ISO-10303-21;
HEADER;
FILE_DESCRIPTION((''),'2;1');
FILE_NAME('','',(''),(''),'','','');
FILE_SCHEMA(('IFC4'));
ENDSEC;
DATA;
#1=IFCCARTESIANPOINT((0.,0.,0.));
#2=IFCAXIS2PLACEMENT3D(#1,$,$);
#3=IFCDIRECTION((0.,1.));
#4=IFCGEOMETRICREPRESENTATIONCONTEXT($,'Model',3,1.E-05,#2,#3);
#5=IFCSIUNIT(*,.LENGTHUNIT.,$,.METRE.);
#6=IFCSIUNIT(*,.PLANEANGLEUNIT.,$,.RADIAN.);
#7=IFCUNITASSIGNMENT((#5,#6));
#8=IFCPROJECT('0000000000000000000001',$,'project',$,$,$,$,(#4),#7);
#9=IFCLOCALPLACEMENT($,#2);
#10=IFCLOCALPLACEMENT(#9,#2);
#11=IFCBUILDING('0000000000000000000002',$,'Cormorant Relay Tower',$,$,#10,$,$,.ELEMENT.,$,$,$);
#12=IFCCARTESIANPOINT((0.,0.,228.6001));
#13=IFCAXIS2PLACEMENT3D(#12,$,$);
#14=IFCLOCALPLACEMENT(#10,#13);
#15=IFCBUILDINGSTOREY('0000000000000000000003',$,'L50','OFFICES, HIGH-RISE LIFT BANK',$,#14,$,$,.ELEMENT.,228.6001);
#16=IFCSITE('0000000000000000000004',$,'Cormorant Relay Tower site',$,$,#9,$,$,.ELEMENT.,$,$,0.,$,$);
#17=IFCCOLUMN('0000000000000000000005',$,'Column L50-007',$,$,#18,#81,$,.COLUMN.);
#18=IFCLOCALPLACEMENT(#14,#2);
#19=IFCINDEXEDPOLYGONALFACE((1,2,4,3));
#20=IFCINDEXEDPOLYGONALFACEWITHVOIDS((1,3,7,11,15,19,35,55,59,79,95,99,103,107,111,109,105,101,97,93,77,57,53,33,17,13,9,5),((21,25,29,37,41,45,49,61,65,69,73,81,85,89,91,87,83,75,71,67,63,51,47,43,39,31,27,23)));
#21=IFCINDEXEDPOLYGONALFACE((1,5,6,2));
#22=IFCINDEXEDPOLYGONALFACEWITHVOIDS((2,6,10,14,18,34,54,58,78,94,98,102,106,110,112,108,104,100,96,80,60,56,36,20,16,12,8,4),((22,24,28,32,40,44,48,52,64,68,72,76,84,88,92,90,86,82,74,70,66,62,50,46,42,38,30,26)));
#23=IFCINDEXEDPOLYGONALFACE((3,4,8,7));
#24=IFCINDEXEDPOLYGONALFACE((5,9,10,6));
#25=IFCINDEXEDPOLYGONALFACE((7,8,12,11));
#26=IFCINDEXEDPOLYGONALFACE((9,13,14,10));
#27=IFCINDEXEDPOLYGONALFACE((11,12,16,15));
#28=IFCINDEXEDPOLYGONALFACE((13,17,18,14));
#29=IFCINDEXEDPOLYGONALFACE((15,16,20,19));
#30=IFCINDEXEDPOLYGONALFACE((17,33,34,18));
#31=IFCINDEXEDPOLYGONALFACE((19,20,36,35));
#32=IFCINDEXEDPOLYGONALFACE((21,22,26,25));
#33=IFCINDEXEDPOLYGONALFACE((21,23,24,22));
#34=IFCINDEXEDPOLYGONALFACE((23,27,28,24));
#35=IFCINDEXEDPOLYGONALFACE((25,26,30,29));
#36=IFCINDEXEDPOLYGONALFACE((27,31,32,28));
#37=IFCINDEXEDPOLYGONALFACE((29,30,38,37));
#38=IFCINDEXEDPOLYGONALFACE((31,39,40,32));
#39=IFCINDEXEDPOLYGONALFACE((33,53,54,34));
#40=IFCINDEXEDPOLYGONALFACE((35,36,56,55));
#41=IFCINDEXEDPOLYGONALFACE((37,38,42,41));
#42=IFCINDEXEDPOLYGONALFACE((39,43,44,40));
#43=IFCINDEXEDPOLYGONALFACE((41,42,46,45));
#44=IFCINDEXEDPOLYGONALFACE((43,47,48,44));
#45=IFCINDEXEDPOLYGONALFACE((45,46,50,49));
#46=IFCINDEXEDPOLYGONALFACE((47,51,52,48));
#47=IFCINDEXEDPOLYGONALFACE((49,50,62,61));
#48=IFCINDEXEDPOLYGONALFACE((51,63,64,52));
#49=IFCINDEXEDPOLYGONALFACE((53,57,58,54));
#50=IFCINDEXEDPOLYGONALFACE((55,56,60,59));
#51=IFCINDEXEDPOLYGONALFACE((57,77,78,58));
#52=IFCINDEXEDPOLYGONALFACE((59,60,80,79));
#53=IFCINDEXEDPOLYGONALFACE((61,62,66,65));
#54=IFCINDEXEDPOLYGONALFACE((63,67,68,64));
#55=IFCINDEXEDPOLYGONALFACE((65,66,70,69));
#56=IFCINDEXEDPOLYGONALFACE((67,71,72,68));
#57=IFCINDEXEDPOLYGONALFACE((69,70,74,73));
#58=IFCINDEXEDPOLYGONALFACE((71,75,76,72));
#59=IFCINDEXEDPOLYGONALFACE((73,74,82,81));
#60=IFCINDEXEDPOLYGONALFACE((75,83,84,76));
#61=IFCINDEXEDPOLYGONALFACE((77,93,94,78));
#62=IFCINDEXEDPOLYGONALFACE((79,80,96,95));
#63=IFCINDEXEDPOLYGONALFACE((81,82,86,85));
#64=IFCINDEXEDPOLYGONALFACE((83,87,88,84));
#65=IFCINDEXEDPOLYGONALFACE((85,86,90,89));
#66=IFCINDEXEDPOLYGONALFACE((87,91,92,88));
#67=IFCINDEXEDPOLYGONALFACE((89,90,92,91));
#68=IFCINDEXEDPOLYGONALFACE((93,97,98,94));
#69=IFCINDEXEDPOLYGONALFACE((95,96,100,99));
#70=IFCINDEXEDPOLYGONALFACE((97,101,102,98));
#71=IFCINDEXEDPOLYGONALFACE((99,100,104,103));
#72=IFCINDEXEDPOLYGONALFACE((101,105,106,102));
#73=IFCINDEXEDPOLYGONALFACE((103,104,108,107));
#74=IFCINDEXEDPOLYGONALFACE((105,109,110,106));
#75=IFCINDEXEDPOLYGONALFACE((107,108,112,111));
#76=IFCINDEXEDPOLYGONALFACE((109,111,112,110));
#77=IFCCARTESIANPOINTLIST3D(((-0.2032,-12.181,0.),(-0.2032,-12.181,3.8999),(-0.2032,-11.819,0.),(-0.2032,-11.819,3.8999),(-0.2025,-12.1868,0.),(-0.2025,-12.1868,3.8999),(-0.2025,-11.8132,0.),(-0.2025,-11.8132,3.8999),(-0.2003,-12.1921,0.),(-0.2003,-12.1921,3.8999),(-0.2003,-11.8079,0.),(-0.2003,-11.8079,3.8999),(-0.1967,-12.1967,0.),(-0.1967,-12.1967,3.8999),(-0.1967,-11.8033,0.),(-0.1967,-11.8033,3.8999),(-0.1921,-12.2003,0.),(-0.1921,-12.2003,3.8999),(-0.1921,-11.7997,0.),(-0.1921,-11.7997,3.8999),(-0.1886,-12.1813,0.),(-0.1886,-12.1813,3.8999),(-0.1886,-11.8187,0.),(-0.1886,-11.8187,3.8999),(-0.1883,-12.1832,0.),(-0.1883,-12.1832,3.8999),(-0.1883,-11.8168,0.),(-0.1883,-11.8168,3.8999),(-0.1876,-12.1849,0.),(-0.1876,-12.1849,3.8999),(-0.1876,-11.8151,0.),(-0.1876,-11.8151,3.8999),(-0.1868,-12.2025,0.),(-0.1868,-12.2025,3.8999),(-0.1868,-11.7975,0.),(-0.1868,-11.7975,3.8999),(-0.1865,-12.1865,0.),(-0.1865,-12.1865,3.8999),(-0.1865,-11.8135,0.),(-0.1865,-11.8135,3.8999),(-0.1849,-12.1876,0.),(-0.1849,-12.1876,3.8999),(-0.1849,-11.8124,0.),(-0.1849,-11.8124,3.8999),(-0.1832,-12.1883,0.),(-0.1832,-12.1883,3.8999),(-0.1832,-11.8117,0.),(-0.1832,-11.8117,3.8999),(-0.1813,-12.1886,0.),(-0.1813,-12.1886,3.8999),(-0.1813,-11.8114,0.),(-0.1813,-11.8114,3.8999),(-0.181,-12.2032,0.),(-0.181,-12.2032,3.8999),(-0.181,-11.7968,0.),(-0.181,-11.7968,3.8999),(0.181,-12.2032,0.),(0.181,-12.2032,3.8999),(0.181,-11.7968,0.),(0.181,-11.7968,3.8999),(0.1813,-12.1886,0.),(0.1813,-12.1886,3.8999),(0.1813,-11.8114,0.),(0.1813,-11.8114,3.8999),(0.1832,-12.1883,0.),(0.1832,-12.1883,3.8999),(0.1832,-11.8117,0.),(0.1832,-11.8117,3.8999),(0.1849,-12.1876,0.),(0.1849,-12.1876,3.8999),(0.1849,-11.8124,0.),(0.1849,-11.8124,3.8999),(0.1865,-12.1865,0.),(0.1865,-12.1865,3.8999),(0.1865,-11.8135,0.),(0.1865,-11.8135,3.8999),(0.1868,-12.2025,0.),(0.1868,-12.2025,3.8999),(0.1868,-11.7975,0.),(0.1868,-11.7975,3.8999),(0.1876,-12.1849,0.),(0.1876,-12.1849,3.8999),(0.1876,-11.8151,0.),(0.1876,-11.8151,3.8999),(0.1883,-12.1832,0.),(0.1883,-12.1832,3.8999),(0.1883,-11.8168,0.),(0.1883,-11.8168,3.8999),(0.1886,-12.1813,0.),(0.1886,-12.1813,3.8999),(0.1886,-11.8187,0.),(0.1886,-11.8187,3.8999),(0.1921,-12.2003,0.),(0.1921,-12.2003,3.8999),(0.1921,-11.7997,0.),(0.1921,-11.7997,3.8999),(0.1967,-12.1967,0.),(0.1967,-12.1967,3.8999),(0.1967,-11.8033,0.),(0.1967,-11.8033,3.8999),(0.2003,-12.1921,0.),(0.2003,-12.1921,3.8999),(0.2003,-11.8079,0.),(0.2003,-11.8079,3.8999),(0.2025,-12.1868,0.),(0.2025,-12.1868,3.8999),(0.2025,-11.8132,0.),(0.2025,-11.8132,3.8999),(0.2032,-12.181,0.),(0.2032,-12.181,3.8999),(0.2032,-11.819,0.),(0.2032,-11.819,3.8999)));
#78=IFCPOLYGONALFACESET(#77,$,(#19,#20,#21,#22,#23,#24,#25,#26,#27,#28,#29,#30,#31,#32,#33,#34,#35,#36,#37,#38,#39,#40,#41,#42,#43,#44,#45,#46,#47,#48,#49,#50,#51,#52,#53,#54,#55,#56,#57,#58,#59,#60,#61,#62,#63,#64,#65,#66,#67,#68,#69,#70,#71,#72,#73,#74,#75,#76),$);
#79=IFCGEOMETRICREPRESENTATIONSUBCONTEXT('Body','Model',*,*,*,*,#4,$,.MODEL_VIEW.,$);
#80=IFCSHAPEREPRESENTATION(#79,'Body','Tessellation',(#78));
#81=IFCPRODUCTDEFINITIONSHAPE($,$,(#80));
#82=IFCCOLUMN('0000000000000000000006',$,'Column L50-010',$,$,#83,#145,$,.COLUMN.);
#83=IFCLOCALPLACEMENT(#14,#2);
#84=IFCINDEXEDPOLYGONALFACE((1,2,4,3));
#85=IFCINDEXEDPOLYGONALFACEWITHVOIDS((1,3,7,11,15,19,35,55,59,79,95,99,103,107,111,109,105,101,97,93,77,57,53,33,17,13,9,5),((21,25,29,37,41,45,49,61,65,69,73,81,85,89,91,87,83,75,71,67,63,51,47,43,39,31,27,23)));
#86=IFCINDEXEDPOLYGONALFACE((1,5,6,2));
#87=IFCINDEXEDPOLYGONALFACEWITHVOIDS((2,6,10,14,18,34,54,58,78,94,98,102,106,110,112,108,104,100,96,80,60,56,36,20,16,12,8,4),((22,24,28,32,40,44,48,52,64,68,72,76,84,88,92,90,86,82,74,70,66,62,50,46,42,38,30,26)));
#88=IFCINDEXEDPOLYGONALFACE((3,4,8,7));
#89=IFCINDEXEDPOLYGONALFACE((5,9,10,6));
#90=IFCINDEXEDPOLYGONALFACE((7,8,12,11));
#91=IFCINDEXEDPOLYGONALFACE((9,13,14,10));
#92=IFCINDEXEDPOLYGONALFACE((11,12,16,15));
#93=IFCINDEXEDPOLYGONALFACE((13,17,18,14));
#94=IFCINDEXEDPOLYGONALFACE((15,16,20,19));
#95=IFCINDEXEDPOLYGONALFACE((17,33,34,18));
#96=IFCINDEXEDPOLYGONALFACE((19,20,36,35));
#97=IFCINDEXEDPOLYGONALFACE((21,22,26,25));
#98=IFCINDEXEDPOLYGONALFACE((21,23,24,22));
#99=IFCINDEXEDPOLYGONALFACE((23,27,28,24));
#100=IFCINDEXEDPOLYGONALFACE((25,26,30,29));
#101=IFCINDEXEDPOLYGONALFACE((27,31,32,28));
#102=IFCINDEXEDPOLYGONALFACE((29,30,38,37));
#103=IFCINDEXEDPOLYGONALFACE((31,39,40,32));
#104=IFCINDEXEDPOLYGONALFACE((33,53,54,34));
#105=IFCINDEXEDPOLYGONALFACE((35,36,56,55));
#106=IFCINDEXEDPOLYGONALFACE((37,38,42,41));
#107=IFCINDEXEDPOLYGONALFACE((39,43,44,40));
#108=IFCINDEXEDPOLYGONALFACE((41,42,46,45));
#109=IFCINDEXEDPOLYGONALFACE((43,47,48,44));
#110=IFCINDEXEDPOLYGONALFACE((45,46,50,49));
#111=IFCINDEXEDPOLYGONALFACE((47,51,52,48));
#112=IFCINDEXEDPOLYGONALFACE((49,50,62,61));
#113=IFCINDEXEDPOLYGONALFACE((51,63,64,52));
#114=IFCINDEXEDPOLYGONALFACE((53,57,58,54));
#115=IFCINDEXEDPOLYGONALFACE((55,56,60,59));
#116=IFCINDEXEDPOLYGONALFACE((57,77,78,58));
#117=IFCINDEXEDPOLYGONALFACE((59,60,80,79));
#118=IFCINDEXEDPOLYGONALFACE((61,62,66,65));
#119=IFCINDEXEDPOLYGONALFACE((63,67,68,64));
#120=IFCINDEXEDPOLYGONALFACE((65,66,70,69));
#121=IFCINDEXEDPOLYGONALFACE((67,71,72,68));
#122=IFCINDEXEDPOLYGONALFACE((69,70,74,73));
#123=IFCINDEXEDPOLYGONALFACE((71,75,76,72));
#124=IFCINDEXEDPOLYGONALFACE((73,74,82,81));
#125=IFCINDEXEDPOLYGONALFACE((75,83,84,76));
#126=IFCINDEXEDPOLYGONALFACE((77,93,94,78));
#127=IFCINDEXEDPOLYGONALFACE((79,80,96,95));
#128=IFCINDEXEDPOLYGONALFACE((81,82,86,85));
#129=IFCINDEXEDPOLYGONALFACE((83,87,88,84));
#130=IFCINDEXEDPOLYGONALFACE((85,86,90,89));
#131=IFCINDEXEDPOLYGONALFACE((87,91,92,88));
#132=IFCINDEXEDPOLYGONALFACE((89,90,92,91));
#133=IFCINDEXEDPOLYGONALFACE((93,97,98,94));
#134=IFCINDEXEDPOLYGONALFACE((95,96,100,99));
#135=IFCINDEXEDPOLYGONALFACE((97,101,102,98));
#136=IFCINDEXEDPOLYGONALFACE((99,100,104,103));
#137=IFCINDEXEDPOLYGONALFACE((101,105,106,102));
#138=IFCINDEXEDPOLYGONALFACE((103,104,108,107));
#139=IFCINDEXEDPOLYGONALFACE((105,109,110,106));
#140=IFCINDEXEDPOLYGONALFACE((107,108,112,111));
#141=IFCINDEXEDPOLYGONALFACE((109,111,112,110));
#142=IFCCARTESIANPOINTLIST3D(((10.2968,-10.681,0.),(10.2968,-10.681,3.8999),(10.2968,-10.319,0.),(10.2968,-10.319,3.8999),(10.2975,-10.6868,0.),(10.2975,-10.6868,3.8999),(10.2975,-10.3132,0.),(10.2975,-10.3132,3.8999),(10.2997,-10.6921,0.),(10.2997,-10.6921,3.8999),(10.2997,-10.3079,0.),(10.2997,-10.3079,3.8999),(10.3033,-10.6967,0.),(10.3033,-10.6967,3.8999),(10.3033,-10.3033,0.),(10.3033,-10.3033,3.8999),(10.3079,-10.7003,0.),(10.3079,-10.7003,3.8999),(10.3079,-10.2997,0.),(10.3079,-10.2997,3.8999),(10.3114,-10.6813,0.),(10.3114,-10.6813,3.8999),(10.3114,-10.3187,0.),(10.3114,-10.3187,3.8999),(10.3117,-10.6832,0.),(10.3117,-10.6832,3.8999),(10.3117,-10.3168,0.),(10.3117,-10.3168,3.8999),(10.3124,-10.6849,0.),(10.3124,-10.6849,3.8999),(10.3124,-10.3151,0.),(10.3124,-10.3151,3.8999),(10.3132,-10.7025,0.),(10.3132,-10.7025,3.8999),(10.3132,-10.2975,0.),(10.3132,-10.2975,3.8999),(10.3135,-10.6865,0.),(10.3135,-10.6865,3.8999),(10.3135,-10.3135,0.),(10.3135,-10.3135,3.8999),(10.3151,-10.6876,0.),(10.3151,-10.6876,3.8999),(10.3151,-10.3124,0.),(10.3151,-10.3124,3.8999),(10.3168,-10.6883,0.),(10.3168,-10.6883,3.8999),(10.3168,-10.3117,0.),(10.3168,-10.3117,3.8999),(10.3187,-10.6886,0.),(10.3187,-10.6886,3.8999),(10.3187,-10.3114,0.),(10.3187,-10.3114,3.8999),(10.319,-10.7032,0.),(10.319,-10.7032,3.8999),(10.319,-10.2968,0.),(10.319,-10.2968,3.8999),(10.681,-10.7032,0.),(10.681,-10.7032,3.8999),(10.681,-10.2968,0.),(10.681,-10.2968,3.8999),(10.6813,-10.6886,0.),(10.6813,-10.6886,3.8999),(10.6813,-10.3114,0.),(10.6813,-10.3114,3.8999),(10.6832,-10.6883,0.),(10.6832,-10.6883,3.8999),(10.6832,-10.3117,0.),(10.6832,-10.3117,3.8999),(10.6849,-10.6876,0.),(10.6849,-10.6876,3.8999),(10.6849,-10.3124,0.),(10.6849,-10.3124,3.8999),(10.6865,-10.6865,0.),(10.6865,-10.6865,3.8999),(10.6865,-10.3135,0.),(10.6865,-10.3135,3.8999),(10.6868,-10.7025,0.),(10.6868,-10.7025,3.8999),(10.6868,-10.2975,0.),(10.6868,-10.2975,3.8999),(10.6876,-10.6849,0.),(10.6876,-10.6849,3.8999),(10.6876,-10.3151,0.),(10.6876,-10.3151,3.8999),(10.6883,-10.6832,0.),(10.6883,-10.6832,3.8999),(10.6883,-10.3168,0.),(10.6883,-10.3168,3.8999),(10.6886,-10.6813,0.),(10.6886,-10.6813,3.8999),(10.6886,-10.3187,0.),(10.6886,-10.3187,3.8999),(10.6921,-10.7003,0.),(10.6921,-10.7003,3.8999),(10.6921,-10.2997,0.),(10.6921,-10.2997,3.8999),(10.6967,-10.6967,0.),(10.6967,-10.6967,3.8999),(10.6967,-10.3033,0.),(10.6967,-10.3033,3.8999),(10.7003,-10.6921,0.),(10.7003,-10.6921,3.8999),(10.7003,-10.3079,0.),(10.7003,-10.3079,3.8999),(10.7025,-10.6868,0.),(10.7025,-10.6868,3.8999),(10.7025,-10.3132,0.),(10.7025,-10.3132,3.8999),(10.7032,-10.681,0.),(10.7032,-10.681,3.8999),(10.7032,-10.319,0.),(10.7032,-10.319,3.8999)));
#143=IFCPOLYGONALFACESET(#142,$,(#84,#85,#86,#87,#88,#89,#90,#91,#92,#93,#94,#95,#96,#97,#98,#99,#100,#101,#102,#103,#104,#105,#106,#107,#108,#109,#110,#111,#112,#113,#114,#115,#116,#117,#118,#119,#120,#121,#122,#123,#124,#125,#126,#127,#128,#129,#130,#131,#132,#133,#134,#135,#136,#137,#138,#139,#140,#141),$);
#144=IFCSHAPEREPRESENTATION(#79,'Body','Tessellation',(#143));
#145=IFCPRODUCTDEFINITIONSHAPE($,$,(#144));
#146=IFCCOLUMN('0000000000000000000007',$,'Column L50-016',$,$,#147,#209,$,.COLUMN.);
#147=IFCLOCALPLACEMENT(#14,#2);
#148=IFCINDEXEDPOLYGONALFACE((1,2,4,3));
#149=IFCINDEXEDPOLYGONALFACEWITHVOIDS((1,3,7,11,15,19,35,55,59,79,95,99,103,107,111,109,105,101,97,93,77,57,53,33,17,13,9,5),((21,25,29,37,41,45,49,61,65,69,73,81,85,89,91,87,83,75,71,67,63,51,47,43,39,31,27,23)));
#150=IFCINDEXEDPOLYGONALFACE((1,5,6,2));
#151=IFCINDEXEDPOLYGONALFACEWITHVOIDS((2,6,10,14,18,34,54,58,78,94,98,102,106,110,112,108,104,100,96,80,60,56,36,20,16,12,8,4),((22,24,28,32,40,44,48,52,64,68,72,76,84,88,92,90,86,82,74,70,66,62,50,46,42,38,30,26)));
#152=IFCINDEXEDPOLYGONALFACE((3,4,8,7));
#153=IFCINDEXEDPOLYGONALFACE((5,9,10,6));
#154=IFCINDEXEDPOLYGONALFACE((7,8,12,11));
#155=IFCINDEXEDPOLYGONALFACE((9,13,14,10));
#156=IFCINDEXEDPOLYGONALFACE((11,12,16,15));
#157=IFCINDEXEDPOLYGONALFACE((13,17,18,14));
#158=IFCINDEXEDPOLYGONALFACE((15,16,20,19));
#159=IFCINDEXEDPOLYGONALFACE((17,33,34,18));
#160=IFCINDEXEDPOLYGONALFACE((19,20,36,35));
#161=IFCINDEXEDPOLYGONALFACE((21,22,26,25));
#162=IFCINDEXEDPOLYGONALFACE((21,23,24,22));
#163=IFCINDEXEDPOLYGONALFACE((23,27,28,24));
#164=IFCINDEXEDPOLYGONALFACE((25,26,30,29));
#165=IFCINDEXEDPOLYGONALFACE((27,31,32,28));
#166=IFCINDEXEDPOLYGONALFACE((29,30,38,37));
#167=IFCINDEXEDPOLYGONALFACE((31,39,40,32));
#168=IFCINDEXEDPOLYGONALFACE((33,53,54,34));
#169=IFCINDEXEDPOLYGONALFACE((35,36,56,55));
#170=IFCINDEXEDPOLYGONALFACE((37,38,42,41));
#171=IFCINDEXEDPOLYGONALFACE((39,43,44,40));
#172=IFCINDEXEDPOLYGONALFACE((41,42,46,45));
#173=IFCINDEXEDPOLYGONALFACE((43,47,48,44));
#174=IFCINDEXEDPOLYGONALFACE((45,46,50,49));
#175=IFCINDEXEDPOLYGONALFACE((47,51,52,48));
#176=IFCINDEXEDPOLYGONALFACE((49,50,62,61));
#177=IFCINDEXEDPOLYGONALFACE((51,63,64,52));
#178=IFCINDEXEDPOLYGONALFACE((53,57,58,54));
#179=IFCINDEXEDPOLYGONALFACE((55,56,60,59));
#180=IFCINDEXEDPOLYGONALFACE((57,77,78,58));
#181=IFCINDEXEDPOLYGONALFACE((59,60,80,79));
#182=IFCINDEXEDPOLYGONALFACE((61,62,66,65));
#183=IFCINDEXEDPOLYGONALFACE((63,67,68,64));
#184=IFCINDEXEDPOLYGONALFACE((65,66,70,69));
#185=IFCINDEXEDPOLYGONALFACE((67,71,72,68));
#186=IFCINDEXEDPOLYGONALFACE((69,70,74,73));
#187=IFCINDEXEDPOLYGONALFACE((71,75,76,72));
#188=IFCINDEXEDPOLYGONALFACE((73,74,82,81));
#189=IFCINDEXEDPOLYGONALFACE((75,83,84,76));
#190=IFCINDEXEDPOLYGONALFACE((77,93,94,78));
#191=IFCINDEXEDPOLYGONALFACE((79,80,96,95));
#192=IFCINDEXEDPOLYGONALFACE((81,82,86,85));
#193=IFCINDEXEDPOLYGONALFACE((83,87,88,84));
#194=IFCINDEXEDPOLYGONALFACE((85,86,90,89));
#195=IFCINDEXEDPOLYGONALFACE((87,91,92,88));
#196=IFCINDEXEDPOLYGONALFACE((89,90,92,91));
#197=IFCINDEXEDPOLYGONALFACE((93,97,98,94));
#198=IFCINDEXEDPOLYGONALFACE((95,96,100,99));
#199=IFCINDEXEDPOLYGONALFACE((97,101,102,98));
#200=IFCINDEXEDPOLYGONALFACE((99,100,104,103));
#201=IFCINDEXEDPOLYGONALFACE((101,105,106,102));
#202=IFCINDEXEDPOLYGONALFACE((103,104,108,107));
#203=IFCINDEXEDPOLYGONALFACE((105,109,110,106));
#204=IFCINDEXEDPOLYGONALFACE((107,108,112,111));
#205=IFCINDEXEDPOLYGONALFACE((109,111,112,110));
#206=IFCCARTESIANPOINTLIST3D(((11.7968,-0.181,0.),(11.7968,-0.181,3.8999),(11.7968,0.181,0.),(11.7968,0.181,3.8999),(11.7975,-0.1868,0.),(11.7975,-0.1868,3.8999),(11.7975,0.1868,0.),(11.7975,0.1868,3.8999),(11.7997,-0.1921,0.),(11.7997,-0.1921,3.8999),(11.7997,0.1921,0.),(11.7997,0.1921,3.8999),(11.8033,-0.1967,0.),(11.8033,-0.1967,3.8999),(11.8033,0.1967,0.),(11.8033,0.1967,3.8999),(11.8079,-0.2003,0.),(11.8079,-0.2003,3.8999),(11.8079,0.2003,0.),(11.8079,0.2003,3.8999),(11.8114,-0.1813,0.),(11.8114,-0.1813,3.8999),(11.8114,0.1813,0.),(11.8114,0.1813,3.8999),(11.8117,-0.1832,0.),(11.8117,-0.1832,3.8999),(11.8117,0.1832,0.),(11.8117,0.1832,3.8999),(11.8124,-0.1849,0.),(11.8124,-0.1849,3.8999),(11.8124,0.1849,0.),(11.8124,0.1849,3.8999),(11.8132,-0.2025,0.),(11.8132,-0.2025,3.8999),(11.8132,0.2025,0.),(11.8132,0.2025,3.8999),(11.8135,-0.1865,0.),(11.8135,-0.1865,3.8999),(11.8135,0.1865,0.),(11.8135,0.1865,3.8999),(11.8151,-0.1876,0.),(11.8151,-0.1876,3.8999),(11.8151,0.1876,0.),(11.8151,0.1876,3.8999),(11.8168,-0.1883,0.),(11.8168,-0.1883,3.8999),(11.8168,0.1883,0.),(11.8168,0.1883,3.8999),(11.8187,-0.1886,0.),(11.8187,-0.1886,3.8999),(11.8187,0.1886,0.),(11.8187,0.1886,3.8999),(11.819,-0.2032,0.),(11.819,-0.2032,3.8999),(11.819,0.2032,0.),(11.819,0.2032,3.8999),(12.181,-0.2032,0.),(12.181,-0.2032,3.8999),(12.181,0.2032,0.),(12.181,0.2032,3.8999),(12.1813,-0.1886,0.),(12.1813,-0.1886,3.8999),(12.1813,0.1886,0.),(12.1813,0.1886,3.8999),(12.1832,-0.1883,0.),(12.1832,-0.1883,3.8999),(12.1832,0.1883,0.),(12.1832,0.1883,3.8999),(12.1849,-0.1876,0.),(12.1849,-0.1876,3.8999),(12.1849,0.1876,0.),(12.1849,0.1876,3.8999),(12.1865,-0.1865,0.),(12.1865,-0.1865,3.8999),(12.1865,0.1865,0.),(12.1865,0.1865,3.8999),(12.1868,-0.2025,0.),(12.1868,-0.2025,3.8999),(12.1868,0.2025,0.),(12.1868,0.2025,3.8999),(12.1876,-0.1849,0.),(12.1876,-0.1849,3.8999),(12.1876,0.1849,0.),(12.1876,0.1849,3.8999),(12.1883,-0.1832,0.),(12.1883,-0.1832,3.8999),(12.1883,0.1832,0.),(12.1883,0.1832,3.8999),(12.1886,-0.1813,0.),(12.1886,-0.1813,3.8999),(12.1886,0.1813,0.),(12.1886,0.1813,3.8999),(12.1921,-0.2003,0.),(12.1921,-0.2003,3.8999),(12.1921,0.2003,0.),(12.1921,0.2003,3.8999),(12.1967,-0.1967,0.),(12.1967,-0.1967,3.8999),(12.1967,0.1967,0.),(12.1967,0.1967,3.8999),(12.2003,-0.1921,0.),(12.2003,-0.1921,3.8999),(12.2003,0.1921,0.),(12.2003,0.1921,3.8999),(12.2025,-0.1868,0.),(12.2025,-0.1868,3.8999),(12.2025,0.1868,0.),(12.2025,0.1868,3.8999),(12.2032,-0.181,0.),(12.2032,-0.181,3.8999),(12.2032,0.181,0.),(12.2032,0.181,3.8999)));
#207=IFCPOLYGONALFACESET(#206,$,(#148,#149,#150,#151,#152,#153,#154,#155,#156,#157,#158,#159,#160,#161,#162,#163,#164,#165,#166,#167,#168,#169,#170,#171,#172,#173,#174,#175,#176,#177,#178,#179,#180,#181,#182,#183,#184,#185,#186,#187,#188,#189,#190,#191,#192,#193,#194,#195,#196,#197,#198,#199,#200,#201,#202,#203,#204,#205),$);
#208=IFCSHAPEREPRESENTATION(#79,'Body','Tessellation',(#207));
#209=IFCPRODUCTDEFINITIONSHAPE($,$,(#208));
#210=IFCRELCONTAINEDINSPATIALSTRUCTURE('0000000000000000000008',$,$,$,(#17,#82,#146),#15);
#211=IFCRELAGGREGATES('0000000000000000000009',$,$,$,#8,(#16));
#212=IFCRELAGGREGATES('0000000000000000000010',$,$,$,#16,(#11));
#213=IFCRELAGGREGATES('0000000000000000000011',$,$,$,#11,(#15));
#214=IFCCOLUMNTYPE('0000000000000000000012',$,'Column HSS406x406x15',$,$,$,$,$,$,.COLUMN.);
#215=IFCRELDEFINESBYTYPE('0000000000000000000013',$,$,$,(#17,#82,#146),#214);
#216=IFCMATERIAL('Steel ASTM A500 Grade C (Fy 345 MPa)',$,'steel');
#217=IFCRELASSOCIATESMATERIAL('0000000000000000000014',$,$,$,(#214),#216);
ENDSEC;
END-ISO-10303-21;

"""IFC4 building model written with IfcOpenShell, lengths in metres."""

from ifc_helpers import new_model, si_unit, direction, frame, origin, origin_2d, place, context, subcontext, project, spatial, hollow_rectangle, extrude, material, material_profile, profile_set, type_object, element, save


model = new_model("IFC4")

# Units and contexts
model_context = context("Model", 3, precision=1e-05, world=origin(), true_north=direction((0.0, 1.0)))
body_context = subcontext(model_context, "Body", "Model", "MODEL_VIEW")
ifc_project = project(units=[si_unit("LENGTHUNIT", "METRE"), si_unit("PLANEANGLEUNIT", "RADIAN")], contexts=[model_context])

# Site, building, storey
site_placement = place(None, origin())
site = spatial("IfcSite", under=ifc_project, at=site_placement, Name="Cormorant Relay Tower site", CompositionType="ELEMENT", RefElevation=0.0)
building_placement = place(site_placement, origin())
building = spatial("IfcBuilding", under=site, at=building_placement, Name="Cormorant Relay Tower", CompositionType="ELEMENT")
storey_placement = place(building_placement, frame((0.0, 0.0, 228.6001)))
storey = spatial("IfcBuildingStorey", under=building, at=storey_placement, Name="L50", Description="OFFICES, HIGH-RISE LIFT BANK", CompositionType="ELEMENT", Elevation=228.6001)

# Columns
ifc_material_1 = material(Name="Steel ASTM A500 Grade C (Fy 345 MPa)", Category="steel")
ifc_material_profile_1 = material_profile(ifc_material_1, hollow_rectangle(XDim=0.4065, YDim=0.4065, WallThickness=0.0146, InnerFilletRadius=0.0073, OuterFilletRadius=0.0222, at=origin_2d()), Name="HSS406x406x15")
ifc_profile_set_1 = profile_set([ifc_material_profile_1], Name="Steel ASTM A500 Grade C (Fy 345 MPa)")
column_type_1 = type_object("IfcColumnType", Name="Column HSS406x406x15", PredefinedType="COLUMN", material=ifc_profile_set_1)
for number, where, z_axis, x_axis, name in (
    (1, (0.0, -12.0, 0.0), (0.0, 0.0, 1.0), (1.0, 0.0, 0.0), "Column L50-007"),
    (2, (10.5, -10.5, 0.0), (0.0, 0.0, 1.0), (1.0, 0.0, 0.0), "Column L50-010"),
    (3, (12.0, 0.0, 0.0), (0.0, 0.0, 1.0), (1.0, 0.0, 0.0), "Column L50-016"),
):
    element("IfcColumn", number, at=place(storey_placement, frame(where, z_axis=z_axis, x_axis=x_axis)), inside=storey, type_object=column_type_1, Name=name, PredefinedType="COLUMN", context=body_context, shape_type="SweptSolid", body=[
        extrude(hollow_rectangle(XDim=0.4065, YDim=0.4065, WallThickness=0.0146, InnerFilletRadius=0.0073, OuterFilletRadius=0.0222, at=origin_2d()), origin(), (0.0, 0.0, 1.0), 3.8999),
    ])

save(model, "model.ifc")
